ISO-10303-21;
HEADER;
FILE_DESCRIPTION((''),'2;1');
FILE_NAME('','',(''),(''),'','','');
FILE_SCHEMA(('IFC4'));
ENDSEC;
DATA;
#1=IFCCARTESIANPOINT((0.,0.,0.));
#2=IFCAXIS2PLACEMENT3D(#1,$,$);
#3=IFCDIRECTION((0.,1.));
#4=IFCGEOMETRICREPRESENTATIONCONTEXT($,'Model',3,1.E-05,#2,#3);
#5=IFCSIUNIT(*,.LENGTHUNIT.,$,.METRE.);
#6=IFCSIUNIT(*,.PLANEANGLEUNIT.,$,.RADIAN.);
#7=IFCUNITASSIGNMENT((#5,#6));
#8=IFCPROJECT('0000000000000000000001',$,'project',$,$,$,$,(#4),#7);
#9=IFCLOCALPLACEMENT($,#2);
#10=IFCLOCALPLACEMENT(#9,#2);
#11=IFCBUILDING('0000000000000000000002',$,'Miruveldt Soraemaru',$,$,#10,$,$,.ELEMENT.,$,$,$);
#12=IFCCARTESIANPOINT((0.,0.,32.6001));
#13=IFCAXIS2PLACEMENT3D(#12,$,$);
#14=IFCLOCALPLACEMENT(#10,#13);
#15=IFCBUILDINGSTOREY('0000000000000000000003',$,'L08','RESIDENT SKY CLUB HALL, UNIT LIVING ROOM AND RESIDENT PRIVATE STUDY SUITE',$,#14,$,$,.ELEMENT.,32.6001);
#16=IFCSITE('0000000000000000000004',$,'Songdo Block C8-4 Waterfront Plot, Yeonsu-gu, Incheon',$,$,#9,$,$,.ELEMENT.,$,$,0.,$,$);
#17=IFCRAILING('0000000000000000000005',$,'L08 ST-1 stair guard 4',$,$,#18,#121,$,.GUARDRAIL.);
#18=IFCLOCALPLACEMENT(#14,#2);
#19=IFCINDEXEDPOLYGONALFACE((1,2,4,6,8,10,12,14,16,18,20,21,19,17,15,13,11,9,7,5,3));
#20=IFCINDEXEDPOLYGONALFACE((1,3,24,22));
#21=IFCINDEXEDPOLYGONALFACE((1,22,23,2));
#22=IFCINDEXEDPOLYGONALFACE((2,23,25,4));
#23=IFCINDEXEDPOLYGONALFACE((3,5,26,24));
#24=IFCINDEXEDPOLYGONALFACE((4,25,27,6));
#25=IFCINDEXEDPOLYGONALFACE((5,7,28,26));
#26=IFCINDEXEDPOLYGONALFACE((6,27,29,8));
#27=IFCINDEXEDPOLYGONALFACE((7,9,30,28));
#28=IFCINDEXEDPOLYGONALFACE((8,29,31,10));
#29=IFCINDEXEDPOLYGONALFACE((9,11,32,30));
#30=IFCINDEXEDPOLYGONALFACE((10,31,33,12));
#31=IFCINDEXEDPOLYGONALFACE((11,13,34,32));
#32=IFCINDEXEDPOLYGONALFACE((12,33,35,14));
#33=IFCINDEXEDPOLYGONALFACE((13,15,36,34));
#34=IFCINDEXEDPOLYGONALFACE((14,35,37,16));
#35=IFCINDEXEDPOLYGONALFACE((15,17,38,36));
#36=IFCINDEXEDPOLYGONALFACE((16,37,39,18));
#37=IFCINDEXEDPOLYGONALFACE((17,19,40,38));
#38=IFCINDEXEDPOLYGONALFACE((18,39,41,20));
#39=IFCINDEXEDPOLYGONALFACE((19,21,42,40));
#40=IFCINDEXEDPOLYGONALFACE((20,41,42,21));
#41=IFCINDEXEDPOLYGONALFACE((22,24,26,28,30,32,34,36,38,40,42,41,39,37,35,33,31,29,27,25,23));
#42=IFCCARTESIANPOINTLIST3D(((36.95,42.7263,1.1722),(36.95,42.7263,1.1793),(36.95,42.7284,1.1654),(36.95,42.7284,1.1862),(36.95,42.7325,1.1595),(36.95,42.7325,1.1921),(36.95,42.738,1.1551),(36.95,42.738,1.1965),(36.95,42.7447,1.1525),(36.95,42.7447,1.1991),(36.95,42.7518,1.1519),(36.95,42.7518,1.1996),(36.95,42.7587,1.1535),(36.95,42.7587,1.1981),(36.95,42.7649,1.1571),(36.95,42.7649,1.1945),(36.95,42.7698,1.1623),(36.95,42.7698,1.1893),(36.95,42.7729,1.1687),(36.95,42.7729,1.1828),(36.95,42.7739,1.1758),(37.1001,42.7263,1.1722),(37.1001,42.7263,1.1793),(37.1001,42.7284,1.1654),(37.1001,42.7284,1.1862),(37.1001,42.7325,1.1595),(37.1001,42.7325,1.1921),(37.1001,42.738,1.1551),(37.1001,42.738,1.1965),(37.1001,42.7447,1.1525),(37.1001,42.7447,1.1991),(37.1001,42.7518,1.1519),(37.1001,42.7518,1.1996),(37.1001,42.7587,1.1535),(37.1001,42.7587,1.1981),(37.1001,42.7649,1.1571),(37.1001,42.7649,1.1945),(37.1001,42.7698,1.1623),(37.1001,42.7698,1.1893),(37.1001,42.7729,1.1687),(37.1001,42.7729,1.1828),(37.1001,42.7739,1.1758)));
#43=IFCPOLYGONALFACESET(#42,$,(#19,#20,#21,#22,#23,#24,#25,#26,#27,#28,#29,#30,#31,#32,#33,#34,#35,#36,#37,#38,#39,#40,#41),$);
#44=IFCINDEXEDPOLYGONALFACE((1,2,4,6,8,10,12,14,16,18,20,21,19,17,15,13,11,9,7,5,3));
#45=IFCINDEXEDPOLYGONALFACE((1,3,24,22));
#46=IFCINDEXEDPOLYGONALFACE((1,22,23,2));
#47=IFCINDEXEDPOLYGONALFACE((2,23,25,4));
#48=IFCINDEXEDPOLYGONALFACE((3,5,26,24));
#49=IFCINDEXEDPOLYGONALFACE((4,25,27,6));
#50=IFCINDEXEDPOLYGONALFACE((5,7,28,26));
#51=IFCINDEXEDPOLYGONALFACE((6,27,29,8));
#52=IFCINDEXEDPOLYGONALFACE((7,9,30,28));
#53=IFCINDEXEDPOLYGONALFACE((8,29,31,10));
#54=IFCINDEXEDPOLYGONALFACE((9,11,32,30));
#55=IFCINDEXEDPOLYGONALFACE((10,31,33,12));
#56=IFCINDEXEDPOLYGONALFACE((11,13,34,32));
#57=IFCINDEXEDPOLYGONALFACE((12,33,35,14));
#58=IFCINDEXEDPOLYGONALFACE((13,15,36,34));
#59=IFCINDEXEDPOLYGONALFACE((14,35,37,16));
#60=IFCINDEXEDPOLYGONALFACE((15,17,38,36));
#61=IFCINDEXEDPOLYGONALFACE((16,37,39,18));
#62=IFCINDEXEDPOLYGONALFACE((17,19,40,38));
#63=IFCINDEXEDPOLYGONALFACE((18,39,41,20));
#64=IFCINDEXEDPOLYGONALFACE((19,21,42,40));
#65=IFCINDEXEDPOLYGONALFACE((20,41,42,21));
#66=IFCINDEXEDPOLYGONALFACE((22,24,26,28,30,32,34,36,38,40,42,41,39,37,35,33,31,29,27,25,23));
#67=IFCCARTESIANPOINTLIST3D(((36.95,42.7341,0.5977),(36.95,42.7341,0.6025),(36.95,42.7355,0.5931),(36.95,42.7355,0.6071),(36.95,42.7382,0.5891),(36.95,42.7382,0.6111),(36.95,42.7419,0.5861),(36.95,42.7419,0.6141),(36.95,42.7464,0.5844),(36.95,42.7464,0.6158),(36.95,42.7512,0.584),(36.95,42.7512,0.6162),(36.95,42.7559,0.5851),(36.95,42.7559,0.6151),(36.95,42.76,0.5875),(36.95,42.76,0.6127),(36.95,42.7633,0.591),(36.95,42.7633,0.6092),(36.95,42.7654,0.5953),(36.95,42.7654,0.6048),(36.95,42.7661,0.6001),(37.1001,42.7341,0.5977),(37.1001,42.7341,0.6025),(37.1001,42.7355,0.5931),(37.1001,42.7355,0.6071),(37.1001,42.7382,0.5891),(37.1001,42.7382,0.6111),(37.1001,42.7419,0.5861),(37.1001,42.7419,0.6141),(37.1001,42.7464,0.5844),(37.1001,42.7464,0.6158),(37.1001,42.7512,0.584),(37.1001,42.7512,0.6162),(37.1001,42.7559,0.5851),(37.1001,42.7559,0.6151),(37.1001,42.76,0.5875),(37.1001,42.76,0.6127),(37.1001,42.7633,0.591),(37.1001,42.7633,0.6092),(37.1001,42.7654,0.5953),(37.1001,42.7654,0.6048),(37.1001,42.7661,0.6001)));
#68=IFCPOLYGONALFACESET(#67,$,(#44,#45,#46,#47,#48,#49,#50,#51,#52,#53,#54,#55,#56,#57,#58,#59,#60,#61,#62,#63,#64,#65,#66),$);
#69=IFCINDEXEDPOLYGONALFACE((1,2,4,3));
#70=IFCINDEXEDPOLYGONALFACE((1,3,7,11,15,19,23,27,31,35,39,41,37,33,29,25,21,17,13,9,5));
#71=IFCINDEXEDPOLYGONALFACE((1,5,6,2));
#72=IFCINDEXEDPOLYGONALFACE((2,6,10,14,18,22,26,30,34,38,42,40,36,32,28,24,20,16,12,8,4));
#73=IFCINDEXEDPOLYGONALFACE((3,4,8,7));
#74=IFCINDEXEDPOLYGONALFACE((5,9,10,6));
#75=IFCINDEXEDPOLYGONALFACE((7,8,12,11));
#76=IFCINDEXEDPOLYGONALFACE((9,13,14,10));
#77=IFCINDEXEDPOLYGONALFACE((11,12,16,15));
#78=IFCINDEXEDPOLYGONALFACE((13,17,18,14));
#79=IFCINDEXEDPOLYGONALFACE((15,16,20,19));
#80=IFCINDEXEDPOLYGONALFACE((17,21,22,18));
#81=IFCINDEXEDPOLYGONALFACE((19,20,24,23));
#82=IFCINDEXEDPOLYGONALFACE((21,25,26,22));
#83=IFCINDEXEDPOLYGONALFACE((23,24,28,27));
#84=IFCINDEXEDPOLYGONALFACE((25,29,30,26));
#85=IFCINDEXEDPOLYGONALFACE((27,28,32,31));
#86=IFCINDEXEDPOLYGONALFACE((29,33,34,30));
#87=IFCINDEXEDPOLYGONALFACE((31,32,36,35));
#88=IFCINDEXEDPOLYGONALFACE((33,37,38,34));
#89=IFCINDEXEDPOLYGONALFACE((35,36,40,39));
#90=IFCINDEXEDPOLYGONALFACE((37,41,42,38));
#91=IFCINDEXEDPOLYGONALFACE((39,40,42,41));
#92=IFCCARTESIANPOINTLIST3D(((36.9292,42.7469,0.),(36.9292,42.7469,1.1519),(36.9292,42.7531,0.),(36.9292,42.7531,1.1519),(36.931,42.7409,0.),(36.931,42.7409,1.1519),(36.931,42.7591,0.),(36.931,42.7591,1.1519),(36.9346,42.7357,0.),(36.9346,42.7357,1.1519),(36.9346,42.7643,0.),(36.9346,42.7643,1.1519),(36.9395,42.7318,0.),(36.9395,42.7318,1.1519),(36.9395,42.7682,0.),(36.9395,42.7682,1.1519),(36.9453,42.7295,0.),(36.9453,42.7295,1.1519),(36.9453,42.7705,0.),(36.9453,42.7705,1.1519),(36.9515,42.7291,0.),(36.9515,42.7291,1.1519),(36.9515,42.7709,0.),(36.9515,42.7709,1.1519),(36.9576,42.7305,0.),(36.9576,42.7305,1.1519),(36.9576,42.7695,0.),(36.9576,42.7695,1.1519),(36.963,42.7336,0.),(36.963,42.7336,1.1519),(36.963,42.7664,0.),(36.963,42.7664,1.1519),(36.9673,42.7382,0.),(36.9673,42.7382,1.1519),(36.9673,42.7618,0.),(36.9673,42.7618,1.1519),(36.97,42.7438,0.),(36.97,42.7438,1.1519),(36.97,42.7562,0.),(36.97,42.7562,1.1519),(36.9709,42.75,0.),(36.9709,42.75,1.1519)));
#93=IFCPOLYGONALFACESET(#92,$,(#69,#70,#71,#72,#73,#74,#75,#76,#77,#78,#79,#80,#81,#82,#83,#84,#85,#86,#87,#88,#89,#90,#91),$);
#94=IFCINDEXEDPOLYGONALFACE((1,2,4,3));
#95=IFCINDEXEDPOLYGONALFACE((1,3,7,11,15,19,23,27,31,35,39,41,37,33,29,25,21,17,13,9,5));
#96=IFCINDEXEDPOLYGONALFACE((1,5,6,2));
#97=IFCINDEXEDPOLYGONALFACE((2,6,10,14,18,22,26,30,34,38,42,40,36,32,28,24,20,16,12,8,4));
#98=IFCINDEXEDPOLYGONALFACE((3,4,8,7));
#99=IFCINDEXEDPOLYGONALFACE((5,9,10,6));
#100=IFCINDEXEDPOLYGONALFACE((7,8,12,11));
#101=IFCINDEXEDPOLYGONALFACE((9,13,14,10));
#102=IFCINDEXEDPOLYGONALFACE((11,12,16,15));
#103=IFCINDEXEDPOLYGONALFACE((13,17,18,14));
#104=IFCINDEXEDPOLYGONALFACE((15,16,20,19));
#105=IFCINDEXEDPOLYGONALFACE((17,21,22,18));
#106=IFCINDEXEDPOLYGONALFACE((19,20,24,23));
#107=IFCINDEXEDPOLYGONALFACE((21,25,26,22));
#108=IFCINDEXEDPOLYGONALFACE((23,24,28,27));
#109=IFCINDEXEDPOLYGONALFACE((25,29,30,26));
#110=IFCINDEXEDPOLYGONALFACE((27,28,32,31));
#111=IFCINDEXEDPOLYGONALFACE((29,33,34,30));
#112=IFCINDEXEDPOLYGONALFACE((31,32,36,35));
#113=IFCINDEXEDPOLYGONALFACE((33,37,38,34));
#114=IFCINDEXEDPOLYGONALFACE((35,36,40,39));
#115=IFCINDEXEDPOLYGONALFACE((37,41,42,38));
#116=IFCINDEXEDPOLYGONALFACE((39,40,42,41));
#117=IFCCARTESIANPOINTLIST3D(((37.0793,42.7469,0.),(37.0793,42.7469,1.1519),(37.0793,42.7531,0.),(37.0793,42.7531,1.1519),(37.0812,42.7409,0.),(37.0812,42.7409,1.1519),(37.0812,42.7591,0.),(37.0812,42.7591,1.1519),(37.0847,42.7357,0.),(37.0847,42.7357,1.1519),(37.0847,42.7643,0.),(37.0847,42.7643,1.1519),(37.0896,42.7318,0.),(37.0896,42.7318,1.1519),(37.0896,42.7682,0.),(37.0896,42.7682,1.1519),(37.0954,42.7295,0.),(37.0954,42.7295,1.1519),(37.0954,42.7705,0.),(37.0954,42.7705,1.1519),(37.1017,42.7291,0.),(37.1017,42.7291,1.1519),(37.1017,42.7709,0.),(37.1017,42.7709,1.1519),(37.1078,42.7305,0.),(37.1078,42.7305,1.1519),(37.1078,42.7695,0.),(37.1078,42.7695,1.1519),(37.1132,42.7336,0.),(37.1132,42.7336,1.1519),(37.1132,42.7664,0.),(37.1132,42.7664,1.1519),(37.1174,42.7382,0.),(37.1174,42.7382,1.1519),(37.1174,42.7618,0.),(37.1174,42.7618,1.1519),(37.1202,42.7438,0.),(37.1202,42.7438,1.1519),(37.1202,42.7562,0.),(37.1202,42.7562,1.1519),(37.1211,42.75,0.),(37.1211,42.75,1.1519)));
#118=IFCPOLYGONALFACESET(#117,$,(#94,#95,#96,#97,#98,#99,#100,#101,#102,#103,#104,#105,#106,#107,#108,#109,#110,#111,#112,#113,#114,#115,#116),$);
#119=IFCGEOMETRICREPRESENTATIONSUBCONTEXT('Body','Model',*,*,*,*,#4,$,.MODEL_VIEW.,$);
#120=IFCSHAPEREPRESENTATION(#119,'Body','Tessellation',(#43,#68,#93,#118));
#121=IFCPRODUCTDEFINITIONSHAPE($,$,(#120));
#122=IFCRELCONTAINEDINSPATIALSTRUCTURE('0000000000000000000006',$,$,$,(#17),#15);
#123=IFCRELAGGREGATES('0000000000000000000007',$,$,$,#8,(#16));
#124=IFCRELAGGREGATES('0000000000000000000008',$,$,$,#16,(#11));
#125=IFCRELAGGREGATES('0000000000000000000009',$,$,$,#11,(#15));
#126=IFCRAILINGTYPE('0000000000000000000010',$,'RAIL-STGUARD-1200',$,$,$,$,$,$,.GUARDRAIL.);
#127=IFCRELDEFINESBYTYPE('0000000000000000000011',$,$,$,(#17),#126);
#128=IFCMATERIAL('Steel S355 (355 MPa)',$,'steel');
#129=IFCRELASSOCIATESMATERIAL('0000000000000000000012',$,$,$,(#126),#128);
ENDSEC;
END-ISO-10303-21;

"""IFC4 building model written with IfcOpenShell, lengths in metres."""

from ifc_helpers import new_model, si_unit, direction, frame, origin, origin_2d, place, context, subcontext, project, spatial, circle, extrude, material, type_object, element, save


model = new_model("IFC4")

# Units and contexts
model_context = context("Model", 3, precision=1e-05, world=origin(), true_north=direction((0.0, 1.0)))
body_context = subcontext(model_context, "Body", "Model", "MODEL_VIEW")
ifc_project = project(units=[si_unit("LENGTHUNIT", "METRE"), si_unit("PLANEANGLEUNIT", "RADIAN")], contexts=[model_context])

# Site, building, storey
site_placement = place(None, origin())
site = spatial("IfcSite", under=ifc_project, at=site_placement, Name="Songdo Block C8-4 Waterfront Plot, Yeonsu-gu, Incheon", CompositionType="ELEMENT", RefElevation=0.0)
building_placement = place(site_placement, origin())
building = spatial("IfcBuilding", under=site, at=building_placement, Name="Miruveldt Soraemaru", CompositionType="ELEMENT")
storey_placement = place(building_placement, frame((0.0, 0.0, 32.6001)))
storey = spatial("IfcBuildingStorey", under=building, at=storey_placement, Name="L08", Description="RESIDENT SKY CLUB HALL, UNIT LIVING ROOM AND RESIDENT PRIVATE STUDY SUITE", CompositionType="ELEMENT", Elevation=32.6001)

# Railing
ifc_material_1 = material(Name="Steel S355 (355 MPa)", Category="steel")
railing_type_1 = type_object("IfcRailingType", Name="RAIL-STGUARD-1200", PredefinedType="GUARDRAIL", material=ifc_material_1)
railing_1_placement = place(storey_placement, frame((36.95, 42.75, 0.0)))
element("IfcRailing", 1, at=railing_1_placement, inside=storey, type_object=railing_type_1, Name="L08 ST-1 stair guard 4", PredefinedType="GUARDRAIL", context=body_context, shape_type="SweptSolid", body=[
    extrude(circle(Radius=0.0239, at=origin_2d()), frame((0.0, 0.0, 1.1758), z_axis=(1.0, 0.0, 0.0), x_axis=(0.0, 1.0, 0.0)), (0.0, 0.0, 1.0), 0.1501),
    extrude(circle(Radius=0.0161, at=origin_2d()), frame((0.0, 0.0, 0.6001), z_axis=(1.0, 0.0, 0.0), x_axis=(0.0, 1.0, 0.0)), (0.0, 0.0, 1.0), 0.1501),
    extrude(circle(Radius=0.021, at=origin_2d()), origin(), (0.0, 0.0, 1.0), 1.1519),
    extrude(circle(Radius=0.021, at=origin_2d()), frame((0.1501, 0.0, 0.0)), (0.0, 0.0, 1.0), 1.1519),
])

save(model, "model.ifc")
